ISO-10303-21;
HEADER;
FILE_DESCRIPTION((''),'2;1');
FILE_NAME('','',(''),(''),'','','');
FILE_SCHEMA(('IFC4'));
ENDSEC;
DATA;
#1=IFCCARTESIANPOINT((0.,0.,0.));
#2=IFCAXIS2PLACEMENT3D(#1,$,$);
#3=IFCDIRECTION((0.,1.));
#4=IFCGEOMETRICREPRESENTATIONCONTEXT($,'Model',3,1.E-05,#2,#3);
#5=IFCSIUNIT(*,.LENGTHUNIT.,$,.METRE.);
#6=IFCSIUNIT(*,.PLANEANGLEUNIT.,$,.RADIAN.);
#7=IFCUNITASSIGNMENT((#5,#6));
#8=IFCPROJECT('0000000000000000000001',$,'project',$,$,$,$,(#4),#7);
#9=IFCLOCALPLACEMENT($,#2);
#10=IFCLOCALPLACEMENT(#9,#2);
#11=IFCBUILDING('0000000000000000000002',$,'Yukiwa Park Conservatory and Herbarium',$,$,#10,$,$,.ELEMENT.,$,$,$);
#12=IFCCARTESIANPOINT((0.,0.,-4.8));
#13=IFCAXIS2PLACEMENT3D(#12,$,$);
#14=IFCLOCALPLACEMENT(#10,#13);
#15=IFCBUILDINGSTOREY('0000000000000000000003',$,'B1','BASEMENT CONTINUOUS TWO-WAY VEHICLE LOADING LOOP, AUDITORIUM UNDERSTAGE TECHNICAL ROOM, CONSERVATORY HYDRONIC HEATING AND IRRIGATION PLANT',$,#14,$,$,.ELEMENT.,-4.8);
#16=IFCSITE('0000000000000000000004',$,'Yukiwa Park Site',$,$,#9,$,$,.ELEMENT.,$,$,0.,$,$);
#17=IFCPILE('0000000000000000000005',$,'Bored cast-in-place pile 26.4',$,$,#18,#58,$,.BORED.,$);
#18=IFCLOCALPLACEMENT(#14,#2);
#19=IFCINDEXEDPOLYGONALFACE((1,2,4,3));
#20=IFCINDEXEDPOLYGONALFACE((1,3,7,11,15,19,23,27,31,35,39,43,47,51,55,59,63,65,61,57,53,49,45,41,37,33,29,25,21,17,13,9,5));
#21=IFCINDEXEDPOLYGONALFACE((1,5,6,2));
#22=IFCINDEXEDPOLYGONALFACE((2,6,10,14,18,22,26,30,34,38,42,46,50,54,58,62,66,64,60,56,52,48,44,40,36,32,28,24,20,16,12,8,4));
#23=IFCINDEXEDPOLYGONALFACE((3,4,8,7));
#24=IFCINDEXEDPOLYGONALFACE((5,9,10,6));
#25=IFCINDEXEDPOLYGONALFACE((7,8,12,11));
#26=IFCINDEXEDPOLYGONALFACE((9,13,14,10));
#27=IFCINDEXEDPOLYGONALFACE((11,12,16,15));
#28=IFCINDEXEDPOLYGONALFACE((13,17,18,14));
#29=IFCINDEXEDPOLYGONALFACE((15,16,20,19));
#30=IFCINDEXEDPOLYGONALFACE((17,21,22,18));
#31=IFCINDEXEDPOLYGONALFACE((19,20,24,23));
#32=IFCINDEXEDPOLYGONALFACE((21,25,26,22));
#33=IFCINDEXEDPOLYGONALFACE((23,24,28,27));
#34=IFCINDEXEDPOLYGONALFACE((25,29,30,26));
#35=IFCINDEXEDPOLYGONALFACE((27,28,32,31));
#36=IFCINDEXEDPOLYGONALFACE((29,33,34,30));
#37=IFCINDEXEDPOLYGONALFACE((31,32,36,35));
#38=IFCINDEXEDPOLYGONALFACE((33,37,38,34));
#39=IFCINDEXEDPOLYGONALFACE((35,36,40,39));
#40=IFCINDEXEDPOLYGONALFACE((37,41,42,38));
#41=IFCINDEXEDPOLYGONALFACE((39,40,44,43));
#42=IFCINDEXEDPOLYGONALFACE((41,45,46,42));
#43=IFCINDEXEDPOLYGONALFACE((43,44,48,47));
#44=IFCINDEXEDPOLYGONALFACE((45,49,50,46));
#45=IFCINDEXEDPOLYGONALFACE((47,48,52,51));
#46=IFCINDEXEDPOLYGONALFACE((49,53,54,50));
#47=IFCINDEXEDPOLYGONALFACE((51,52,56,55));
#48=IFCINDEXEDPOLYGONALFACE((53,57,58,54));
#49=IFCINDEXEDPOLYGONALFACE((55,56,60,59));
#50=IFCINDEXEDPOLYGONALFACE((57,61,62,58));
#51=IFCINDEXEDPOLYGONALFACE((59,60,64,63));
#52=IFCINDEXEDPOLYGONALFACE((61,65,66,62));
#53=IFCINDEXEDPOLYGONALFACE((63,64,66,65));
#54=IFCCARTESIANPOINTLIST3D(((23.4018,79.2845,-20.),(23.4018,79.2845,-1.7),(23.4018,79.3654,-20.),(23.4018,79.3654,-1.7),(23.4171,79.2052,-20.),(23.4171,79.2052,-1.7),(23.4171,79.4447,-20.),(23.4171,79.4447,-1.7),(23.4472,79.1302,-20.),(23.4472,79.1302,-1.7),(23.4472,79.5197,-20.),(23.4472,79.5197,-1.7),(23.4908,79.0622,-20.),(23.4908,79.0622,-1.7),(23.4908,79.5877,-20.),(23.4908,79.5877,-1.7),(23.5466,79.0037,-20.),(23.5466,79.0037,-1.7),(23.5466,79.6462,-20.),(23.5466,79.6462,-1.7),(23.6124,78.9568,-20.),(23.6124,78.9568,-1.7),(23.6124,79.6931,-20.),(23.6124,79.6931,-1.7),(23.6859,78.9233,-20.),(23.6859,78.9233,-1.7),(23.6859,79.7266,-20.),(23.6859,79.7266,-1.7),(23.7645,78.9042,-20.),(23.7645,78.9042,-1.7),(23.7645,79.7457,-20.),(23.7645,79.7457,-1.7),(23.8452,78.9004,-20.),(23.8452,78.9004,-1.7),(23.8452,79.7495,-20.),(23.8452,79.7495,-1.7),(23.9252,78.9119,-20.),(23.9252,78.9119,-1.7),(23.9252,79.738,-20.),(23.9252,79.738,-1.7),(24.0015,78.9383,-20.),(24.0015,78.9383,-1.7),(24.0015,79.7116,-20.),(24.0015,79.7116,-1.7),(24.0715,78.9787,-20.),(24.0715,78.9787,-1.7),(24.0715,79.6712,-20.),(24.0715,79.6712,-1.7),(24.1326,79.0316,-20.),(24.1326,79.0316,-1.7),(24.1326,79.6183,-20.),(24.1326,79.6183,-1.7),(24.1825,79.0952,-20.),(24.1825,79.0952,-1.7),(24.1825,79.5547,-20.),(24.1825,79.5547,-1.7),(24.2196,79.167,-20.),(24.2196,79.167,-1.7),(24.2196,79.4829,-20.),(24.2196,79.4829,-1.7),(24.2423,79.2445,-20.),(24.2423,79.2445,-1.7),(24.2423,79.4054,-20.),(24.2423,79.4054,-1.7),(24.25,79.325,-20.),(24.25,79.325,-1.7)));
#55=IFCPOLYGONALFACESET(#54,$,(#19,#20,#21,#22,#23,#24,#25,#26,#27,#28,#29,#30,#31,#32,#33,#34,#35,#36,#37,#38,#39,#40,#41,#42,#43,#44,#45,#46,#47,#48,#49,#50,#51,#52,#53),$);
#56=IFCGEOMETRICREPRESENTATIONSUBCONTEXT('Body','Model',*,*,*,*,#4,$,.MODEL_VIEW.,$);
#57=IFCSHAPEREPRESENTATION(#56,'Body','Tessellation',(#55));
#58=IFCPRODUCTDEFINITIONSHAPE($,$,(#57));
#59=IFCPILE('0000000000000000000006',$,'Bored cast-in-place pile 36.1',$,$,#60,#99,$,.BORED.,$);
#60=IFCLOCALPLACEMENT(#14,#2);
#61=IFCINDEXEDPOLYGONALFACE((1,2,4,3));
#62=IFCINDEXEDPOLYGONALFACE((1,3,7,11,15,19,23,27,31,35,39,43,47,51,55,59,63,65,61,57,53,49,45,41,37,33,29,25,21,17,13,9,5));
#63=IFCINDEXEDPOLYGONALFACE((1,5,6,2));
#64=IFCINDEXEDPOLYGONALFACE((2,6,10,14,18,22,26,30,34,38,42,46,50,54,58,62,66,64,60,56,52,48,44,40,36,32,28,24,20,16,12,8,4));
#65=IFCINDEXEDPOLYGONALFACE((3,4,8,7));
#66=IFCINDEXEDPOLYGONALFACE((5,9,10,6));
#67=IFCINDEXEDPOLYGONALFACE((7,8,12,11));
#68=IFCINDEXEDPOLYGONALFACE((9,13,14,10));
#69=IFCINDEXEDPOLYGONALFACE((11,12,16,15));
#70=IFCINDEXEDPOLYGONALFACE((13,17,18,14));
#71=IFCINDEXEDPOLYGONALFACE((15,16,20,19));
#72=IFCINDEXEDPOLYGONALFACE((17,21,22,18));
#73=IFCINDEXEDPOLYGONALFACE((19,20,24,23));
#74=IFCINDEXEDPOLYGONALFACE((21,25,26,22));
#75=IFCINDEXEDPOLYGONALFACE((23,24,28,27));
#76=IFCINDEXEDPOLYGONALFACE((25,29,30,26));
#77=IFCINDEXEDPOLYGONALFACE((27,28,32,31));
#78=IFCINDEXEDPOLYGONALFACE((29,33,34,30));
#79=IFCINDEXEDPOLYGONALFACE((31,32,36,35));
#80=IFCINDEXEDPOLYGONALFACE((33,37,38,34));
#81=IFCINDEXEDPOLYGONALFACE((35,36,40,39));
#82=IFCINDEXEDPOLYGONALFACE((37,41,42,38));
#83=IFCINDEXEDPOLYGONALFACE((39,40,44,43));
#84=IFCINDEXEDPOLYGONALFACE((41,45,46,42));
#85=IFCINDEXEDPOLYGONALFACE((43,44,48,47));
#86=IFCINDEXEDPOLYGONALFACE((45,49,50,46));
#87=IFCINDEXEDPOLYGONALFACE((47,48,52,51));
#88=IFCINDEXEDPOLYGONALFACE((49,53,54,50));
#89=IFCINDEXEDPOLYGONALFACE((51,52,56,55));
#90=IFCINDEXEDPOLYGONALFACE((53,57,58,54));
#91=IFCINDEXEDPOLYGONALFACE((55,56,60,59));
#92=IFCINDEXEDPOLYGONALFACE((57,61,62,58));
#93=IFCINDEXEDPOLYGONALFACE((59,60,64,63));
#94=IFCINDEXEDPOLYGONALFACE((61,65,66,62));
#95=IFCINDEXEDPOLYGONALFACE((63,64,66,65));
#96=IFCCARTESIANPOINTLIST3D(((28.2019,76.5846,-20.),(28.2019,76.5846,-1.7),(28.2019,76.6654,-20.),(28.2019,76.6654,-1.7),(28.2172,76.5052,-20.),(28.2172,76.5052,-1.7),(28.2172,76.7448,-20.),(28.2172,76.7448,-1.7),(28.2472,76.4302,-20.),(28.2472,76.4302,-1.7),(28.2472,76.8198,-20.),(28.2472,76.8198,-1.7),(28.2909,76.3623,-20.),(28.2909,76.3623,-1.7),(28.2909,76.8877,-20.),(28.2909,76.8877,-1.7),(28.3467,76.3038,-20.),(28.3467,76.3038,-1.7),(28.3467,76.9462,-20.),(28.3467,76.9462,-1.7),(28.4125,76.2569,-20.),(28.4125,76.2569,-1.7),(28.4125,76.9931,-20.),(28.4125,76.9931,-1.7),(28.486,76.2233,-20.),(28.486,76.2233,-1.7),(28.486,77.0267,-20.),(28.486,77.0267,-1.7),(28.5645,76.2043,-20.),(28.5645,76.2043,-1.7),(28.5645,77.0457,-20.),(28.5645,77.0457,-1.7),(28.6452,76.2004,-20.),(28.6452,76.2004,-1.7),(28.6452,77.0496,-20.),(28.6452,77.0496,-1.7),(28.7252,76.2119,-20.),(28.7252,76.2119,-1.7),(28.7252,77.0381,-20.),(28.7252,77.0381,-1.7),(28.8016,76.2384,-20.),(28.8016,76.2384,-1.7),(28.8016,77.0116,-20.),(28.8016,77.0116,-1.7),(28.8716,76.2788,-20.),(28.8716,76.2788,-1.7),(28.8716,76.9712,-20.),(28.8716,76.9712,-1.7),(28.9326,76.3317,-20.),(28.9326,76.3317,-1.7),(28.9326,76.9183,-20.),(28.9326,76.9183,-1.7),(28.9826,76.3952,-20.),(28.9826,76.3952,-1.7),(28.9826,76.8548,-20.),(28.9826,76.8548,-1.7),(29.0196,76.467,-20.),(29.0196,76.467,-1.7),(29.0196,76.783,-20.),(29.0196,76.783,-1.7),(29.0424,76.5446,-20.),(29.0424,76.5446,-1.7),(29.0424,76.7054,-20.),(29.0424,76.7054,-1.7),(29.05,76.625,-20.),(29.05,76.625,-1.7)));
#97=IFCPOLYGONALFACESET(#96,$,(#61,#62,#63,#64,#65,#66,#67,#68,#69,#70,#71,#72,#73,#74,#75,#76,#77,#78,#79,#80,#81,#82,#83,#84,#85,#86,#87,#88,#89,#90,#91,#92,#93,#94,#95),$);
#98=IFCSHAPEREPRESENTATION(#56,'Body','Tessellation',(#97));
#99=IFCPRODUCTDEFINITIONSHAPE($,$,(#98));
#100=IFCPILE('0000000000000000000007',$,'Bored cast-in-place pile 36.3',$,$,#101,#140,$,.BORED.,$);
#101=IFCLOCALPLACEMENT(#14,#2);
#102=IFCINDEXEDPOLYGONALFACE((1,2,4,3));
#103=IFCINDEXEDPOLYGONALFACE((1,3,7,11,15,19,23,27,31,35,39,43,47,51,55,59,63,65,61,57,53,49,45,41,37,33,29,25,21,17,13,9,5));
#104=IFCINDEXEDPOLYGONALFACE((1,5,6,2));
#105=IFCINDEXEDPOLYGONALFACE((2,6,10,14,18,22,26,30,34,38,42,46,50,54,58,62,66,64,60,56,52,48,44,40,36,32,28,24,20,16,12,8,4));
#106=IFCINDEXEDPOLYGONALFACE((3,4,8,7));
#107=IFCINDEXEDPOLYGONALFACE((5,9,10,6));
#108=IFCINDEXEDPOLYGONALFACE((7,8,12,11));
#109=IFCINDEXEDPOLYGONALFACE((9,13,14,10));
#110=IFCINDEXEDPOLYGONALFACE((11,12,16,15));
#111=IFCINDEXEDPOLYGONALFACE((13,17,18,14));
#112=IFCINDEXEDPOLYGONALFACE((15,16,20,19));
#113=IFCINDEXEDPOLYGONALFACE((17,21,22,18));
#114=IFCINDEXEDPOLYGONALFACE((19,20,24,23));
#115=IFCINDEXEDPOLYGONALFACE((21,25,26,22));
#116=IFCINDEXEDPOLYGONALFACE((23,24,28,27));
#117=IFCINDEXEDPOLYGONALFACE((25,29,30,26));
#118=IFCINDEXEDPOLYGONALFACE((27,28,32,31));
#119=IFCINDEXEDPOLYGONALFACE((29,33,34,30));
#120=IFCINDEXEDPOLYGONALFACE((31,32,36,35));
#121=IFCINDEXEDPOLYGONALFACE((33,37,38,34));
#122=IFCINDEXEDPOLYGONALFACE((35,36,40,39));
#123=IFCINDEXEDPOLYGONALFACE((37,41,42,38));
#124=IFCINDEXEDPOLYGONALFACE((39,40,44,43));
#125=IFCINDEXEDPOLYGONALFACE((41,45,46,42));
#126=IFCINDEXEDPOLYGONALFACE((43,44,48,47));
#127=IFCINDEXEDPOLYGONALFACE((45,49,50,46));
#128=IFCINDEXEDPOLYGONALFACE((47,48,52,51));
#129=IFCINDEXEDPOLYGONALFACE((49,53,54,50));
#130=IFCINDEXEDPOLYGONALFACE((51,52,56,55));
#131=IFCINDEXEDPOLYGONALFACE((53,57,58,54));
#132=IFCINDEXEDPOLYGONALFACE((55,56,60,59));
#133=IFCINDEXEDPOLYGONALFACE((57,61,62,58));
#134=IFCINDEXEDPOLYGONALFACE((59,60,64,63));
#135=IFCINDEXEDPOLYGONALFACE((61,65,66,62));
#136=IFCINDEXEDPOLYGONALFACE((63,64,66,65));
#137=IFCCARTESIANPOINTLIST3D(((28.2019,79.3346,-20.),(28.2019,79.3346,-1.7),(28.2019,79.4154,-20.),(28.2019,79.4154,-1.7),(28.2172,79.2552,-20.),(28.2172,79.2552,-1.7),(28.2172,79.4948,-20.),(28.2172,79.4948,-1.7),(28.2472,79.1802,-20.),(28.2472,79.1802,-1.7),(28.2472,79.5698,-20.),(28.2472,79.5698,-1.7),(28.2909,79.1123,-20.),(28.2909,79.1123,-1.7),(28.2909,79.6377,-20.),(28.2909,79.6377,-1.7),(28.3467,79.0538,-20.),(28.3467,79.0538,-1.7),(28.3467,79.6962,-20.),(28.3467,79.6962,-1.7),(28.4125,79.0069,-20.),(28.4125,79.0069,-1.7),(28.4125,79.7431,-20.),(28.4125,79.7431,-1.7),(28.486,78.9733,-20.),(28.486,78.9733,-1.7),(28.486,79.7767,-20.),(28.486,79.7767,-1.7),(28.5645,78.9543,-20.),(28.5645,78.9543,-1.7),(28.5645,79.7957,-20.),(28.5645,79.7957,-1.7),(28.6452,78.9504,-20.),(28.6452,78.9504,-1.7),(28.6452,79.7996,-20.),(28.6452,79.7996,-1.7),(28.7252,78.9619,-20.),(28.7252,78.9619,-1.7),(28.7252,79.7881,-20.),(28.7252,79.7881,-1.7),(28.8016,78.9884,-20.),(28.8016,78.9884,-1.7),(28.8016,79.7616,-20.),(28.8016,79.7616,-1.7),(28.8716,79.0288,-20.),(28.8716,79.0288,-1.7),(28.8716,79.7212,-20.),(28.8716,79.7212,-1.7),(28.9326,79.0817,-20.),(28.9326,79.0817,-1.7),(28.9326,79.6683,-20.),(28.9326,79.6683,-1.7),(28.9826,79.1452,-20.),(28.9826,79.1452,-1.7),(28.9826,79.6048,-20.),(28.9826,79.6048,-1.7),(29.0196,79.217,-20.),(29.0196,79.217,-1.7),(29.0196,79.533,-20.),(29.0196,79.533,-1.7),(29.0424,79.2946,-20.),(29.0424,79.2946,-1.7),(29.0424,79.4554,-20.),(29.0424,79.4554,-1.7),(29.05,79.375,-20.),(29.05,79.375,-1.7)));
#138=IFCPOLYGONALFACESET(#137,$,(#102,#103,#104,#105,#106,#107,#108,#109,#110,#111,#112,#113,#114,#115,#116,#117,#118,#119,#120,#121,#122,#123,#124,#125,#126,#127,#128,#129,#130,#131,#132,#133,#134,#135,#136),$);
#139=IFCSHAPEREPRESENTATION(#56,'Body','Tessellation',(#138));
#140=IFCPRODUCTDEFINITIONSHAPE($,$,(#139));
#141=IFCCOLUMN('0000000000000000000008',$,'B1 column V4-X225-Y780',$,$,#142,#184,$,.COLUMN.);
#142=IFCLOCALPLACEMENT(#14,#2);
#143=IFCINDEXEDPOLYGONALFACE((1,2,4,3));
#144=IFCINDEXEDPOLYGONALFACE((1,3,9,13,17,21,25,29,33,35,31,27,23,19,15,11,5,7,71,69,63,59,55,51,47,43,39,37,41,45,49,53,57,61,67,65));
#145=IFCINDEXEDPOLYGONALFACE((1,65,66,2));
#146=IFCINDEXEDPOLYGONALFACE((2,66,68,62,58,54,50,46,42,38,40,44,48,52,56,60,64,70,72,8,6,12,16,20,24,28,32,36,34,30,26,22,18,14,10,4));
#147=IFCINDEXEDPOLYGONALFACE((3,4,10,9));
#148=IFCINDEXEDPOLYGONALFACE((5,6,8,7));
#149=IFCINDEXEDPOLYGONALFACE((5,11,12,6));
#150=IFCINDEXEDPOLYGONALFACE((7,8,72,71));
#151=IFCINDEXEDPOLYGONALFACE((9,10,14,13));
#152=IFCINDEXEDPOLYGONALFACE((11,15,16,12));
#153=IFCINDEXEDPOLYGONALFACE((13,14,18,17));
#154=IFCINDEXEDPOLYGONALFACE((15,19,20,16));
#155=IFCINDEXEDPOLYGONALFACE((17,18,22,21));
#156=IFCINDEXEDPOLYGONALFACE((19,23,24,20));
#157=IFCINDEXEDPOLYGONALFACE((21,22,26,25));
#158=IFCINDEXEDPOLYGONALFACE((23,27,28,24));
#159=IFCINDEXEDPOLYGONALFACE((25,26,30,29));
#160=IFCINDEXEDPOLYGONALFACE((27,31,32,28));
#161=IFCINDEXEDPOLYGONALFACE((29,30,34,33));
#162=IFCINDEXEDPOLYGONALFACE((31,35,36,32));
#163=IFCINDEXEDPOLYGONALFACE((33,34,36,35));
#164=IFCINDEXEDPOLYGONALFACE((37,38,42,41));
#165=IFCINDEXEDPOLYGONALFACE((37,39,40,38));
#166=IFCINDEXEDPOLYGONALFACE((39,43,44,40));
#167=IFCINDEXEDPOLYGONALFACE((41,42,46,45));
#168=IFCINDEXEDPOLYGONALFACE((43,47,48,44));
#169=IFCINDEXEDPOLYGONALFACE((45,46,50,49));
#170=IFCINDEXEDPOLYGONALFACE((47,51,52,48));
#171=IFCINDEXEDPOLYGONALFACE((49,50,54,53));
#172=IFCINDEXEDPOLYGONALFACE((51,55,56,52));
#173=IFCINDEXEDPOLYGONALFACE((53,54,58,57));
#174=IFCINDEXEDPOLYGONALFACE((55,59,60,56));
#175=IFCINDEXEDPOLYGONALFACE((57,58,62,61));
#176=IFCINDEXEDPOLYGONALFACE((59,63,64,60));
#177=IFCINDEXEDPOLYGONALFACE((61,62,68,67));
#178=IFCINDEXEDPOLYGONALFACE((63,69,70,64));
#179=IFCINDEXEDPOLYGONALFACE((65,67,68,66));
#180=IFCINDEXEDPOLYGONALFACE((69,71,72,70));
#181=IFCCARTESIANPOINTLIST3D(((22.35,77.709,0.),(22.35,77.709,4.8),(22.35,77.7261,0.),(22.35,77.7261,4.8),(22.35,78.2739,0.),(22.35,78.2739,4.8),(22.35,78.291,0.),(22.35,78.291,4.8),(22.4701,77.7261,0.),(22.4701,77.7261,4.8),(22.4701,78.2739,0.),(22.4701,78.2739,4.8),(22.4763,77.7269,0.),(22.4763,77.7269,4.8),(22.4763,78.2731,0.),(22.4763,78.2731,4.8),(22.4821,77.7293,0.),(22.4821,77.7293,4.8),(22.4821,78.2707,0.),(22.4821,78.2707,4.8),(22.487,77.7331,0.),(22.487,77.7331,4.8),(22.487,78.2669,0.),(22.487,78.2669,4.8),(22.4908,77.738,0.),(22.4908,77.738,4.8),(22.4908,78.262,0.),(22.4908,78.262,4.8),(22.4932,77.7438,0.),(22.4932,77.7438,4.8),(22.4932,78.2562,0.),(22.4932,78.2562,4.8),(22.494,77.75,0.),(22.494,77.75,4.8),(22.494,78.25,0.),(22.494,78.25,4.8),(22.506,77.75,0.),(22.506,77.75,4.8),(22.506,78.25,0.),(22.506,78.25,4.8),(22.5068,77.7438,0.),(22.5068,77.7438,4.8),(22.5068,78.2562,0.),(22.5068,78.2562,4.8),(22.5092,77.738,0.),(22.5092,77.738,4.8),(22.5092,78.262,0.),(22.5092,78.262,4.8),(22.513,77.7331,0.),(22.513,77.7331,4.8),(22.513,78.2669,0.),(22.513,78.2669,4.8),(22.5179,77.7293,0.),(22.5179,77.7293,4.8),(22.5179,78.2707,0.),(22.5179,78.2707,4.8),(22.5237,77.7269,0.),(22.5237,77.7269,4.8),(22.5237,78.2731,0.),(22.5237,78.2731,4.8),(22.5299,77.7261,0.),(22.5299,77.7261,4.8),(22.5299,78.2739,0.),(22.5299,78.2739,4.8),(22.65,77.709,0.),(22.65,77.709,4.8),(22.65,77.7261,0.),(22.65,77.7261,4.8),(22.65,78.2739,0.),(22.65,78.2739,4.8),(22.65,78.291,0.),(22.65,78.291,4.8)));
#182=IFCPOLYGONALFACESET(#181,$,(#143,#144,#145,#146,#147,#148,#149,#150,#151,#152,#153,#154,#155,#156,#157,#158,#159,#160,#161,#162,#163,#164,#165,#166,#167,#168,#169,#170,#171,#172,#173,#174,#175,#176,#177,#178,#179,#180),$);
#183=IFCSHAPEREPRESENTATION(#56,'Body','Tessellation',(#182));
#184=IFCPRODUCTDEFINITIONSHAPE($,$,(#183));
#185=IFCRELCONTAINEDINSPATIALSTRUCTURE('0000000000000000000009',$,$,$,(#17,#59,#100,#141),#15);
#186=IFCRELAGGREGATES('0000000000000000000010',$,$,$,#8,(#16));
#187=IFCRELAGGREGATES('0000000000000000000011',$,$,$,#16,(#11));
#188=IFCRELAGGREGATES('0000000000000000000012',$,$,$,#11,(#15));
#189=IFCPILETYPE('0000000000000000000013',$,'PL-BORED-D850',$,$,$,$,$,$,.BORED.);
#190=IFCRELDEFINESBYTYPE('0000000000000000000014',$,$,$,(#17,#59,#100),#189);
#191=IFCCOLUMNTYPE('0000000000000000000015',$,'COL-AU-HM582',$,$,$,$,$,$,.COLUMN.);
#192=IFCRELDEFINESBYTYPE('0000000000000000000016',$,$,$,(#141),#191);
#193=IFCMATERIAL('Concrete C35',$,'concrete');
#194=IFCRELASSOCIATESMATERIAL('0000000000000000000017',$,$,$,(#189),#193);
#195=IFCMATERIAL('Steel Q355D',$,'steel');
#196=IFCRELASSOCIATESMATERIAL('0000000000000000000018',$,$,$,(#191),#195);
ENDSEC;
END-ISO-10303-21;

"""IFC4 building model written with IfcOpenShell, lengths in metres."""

from ifc_helpers import new_model, si_unit, direction, frame, origin, origin_2d, place, context, subcontext, project, spatial, circle, i_section, extrude, material, material_profile, profile_set, type_object, element, save


model = new_model("IFC4")

# Units and contexts
model_context = context("Model", 3, precision=1e-05, world=origin(), true_north=direction((0.0, 1.0)))
body_context = subcontext(model_context, "Body", "Model", "MODEL_VIEW")
ifc_project = project(units=[si_unit("LENGTHUNIT", "METRE"), si_unit("PLANEANGLEUNIT", "RADIAN")], contexts=[model_context])

# Site, building, storey
site_placement = place(None, origin())
site = spatial("IfcSite", under=ifc_project, at=site_placement, Name="Yukiwa Park Site", CompositionType="ELEMENT", RefElevation=0.0)
building_placement = place(site_placement, origin())
building = spatial("IfcBuilding", under=site, at=building_placement, Name="Yukiwa Park Conservatory and Herbarium", CompositionType="ELEMENT")
storey_placement = place(building_placement, frame((0.0, 0.0, -4.8)))
storey = spatial("IfcBuildingStorey", under=building, at=storey_placement, Name="B1", Description="BASEMENT CONTINUOUS TWO-WAY VEHICLE LOADING LOOP, AUDITORIUM UNDERSTAGE TECHNICAL ROOM, CONSERVATORY HYDRONIC HEATING AND IRRIGATION PLANT", CompositionType="ELEMENT", Elevation=-4.8)

# Piles
ifc_material_1 = material(Name="Concrete C35", Category="concrete")
ifc_material_profile_1 = material_profile(ifc_material_1, circle(Radius=0.425, at=origin_2d()), Name="PILE D850")
ifc_profile_set_1 = profile_set([ifc_material_profile_1], Name="Concrete C35")
pile_type_1 = type_object("IfcPileType", Name="PL-BORED-D850", PredefinedType="BORED", material=ifc_profile_set_1)
for number, where, z_axis, x_axis, name in (
    (1, (23.825, 79.325, -1.7), (0.0, 0.0, -1.0), (1.0, 0.0, 0.0), "Bored cast-in-place pile 26.4"),
    (2, (28.625, 76.625, -1.7), (0.0, 0.0, -1.0), (1.0, 0.0, 0.0), "Bored cast-in-place pile 36.1"),
    (3, (28.625, 79.375, -1.7), (0.0, 0.0, -1.0), (1.0, 0.0, 0.0), "Bored cast-in-place pile 36.3"),
):
    element("IfcPile", number, at=place(storey_placement, frame(where, z_axis=z_axis, x_axis=x_axis)), inside=storey, type_object=pile_type_1, Name=name, PredefinedType="BORED", context=body_context, shape_type="SweptSolid", body=[
        extrude(circle(Radius=0.425, at=origin_2d()), origin(), (0.0, 0.0, 1.0), 18.3),
    ])

# Column
ifc_material_2 = material(Name="Steel Q355D", Category="steel")
ifc_material_profile_2 = material_profile(ifc_material_2, i_section(OverallWidth=0.3, OverallDepth=0.582, WebThickness=0.012, FlangeThickness=0.0171, FilletRadius=0.0239, at=origin_2d()), Name="HM 582x300x12x17")
ifc_profile_set_2 = profile_set([ifc_material_profile_2], Name="Steel Q355D")
column_type_1 = type_object("IfcColumnType", Name="COL-AU-HM582", PredefinedType="COLUMN", material=ifc_profile_set_2)
for number, where, z_axis, x_axis, name in (
    (4, (22.5, 78.0, 0.0), (0.0, 0.0, 1.0), (1.0, 0.0, 0.0), "B1 column V4-X225-Y780"),
):
    element("IfcColumn", number, at=place(storey_placement, frame(where, z_axis=z_axis, x_axis=x_axis)), inside=storey, type_object=column_type_1, Name=name, PredefinedType="COLUMN", context=body_context, shape_type="SweptSolid", body=[
        extrude(i_section(OverallWidth=0.3, OverallDepth=0.582, WebThickness=0.012, FlangeThickness=0.0171, FilletRadius=0.0239, at=origin_2d()), origin(), (0.0, 0.0, 1.0), 4.8),
    ])

save(model, "model.ifc")
